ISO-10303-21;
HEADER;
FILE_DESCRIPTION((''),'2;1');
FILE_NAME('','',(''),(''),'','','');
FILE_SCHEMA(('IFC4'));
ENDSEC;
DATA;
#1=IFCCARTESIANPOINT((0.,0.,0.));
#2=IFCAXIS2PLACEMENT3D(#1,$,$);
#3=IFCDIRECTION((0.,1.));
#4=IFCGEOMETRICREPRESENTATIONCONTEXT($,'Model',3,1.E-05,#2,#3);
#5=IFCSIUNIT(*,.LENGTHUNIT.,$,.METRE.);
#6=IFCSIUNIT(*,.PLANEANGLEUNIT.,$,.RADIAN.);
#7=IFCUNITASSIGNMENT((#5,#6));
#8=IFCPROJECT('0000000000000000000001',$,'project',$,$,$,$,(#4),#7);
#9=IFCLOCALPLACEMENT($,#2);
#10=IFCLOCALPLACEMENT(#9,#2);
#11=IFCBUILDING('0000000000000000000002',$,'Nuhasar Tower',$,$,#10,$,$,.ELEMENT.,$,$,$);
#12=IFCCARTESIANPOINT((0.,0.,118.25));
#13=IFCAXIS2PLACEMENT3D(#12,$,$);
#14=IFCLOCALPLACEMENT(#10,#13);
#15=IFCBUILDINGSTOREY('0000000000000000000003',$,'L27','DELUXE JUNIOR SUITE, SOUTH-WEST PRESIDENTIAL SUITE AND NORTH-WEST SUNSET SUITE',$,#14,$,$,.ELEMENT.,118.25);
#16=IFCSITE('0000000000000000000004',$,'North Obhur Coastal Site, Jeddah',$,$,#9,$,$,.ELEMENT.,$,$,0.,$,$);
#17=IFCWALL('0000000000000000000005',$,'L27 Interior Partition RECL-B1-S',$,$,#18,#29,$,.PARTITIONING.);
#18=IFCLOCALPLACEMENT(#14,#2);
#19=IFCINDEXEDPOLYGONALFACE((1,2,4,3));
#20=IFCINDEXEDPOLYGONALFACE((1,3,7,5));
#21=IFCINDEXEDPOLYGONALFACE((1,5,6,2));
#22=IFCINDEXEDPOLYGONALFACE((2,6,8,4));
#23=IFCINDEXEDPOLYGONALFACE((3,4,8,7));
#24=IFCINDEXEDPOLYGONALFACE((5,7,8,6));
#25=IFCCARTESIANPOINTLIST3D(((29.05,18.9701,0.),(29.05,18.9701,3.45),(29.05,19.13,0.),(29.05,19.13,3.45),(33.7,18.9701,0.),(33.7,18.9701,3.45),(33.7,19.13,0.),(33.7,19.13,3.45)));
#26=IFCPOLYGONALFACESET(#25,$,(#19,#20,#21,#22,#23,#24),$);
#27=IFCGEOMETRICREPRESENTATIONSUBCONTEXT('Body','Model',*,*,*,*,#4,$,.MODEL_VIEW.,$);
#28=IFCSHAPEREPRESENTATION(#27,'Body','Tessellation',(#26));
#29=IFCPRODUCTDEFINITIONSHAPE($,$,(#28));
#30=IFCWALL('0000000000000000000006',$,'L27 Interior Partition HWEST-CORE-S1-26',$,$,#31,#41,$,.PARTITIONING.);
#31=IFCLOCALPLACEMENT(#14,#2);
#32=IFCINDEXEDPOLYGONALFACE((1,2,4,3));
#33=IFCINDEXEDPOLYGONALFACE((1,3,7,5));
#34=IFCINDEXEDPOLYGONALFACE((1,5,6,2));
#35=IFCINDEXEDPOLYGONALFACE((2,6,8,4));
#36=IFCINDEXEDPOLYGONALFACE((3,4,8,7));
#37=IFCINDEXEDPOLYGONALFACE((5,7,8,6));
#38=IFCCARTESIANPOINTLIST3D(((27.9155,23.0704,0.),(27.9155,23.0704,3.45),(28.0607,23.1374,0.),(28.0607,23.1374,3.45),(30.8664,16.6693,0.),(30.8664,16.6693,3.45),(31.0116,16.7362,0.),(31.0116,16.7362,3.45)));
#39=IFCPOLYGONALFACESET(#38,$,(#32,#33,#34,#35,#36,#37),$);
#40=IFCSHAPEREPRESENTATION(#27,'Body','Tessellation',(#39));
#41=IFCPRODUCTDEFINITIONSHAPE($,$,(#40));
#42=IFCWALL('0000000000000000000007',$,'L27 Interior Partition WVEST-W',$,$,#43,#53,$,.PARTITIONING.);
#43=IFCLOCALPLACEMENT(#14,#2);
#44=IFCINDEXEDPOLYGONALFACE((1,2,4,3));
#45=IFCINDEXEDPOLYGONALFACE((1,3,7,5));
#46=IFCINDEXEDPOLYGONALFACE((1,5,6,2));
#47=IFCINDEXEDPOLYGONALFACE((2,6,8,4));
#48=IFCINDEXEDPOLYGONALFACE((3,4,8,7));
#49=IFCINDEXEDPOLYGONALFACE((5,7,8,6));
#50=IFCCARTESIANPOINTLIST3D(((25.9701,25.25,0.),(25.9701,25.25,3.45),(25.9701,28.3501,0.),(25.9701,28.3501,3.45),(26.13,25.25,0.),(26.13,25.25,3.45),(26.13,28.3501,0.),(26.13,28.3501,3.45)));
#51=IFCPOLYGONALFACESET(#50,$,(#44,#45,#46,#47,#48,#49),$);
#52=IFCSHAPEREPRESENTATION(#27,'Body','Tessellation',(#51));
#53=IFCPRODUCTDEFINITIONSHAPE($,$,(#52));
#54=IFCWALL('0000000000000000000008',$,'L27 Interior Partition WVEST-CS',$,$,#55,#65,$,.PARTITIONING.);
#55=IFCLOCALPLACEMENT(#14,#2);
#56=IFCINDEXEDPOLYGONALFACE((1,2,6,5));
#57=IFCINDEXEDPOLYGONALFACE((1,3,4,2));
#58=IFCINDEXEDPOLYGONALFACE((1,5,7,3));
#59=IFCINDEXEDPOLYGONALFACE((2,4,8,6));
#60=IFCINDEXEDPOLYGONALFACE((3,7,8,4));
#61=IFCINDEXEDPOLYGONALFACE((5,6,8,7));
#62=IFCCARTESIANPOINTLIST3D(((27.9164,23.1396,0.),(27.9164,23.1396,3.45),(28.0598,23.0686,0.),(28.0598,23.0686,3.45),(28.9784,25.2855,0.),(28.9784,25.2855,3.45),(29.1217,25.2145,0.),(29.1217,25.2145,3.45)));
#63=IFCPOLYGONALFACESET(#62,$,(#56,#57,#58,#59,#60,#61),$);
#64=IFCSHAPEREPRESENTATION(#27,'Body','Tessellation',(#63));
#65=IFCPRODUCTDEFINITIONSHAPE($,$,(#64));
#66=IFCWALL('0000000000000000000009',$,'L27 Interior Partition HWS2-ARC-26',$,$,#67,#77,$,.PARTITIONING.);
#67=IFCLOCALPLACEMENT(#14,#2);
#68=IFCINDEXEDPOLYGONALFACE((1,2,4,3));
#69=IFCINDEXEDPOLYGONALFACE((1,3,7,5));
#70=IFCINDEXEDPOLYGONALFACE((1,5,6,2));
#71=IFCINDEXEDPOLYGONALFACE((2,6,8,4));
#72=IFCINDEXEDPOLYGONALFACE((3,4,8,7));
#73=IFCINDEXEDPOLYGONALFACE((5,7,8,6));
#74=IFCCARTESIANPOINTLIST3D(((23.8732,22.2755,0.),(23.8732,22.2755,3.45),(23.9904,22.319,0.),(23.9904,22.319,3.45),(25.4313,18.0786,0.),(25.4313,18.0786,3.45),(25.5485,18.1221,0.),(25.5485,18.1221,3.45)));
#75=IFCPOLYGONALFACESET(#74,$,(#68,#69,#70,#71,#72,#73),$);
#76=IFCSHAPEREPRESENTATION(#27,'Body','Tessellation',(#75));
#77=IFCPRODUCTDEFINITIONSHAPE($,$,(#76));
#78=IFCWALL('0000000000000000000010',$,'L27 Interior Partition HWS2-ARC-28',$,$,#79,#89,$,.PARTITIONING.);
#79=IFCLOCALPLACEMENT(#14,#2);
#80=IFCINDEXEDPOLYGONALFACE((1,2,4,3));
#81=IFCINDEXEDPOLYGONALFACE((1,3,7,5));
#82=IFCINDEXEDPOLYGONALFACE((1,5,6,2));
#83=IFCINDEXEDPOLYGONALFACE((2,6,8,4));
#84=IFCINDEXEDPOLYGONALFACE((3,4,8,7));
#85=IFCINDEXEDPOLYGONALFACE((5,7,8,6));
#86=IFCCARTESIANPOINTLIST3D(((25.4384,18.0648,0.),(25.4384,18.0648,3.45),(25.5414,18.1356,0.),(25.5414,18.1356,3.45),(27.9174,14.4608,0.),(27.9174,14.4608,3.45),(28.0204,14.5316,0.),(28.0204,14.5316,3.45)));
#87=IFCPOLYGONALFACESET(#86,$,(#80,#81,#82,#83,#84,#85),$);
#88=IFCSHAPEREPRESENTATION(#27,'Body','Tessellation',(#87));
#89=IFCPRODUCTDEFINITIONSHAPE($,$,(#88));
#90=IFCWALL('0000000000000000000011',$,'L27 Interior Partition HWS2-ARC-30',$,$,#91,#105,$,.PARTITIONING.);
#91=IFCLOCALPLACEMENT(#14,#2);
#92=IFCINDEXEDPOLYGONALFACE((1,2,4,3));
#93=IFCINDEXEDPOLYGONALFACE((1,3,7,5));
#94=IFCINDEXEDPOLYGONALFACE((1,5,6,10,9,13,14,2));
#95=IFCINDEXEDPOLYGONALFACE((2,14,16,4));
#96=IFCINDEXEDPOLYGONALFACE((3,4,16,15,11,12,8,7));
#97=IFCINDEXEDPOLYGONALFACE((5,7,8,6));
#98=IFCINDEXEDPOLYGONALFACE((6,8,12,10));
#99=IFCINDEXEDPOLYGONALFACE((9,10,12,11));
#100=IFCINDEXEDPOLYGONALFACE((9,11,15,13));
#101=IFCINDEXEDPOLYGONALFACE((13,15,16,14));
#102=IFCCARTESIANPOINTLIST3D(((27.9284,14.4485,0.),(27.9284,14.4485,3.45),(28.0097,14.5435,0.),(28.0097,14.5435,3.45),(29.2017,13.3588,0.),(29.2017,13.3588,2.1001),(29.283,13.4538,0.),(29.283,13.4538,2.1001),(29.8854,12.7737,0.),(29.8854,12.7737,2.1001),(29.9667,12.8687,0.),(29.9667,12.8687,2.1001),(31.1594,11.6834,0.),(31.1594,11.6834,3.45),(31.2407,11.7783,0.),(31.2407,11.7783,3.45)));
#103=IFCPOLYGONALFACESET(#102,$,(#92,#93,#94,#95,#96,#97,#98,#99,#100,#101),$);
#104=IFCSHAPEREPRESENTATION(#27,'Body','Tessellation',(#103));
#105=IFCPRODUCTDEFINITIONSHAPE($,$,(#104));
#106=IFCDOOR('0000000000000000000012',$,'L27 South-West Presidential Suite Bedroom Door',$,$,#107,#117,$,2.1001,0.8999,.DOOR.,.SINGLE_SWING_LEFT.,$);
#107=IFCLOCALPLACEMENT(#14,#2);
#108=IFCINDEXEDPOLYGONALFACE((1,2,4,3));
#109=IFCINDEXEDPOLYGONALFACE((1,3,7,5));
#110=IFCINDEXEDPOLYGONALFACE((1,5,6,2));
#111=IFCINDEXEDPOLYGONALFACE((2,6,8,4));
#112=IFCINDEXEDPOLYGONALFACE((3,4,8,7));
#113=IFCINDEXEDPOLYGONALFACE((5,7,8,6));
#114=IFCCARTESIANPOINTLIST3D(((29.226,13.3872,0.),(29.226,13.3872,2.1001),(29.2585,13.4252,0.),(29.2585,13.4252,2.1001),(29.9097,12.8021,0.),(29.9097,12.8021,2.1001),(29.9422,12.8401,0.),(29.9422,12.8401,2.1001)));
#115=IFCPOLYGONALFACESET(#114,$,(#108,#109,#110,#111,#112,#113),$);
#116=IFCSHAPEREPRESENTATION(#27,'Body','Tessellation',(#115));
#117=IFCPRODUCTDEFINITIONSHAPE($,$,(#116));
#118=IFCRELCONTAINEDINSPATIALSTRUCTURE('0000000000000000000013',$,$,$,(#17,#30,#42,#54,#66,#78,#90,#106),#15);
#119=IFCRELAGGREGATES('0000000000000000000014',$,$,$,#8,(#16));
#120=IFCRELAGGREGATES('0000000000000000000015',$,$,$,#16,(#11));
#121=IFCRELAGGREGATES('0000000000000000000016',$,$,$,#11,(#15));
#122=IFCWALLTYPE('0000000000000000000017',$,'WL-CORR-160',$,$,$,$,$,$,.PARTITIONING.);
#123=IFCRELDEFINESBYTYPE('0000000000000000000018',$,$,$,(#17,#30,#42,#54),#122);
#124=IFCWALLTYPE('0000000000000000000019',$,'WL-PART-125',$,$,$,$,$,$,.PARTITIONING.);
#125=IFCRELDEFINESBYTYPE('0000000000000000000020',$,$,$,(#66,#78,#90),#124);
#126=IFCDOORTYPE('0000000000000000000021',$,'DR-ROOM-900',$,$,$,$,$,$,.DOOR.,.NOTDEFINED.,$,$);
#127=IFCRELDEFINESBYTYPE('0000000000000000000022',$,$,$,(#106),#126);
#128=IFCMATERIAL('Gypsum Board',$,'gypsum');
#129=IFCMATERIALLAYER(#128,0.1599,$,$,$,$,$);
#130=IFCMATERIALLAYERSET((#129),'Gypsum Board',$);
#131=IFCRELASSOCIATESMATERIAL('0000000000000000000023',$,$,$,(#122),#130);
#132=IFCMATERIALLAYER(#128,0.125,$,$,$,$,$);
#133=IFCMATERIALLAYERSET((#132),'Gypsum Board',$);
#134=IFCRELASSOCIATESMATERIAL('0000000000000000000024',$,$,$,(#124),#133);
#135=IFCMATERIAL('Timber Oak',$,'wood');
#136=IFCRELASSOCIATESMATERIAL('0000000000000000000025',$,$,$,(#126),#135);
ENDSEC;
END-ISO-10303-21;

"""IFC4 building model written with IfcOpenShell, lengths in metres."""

from ifc_helpers import new_model, si_unit, direction, frame, frame_2d, origin, place, context, subcontext, project, spatial, rectangle, extrude, material, layer, layer_set, type_object, element, fill, save


model = new_model("IFC4")

# Units and contexts
model_context = context("Model", 3, precision=1e-05, world=origin(), true_north=direction((0.0, 1.0)))
body_context = subcontext(model_context, "Body", "Model", "MODEL_VIEW")
ifc_project = project(units=[si_unit("LENGTHUNIT", "METRE"), si_unit("PLANEANGLEUNIT", "RADIAN")], contexts=[model_context])

# Site, building, storey
site_placement = place(None, origin())
site = spatial("IfcSite", under=ifc_project, at=site_placement, Name="North Obhur Coastal Site, Jeddah", CompositionType="ELEMENT", RefElevation=0.0)
building_placement = place(site_placement, origin())
building = spatial("IfcBuilding", under=site, at=building_placement, Name="Nuhasar Tower", CompositionType="ELEMENT")
storey_placement = place(building_placement, frame((0.0, 0.0, 118.25)))
storey = spatial("IfcBuildingStorey", under=building, at=storey_placement, Name="L27", Description="DELUXE JUNIOR SUITE, SOUTH-WEST PRESIDENTIAL SUITE AND NORTH-WEST SUNSET SUITE", CompositionType="ELEMENT", Elevation=118.25)

# Walls
ifc_material_1 = material(Name="Gypsum Board", Category="gypsum")
ifc_layer_1 = layer(ifc_material_1, 0.1599)
ifc_layer_set_1 = layer_set([ifc_layer_1], Name="Gypsum Board")
wall_type_1 = type_object("IfcWallType", Name="WL-CORR-160", PredefinedType="PARTITIONING", material=ifc_layer_set_1)
wall_1_placement = place(storey_placement, frame((29.05, 19.05, 0.0), z_axis=(0.0, 0.0, 1.0), x_axis=(1.0, 0.0, 0.0)))
element("IfcWall", 1, at=wall_1_placement, inside=storey, type_object=wall_type_1, Name="L27 Interior Partition RECL-B1-S", PredefinedType="PARTITIONING", context=body_context, shape_type="SweptSolid", body=[
    extrude(rectangle(XDim=4.6499, YDim=0.1599, at=frame_2d((2.325, 0.0))), origin(), (0.0, 0.0, 1.0), 3.45),
])
wall_2_placement = place(storey_placement, frame((27.988, 23.104, 0.0), z_axis=(0.0, 0.0, 1.0), x_axis=(0.418656, -0.908145, 0.0)))
element("IfcWall", 2, at=wall_2_placement, inside=storey, type_object=wall_type_1, Name="L27 Interior Partition HWEST-CORE-S1-26", PredefinedType="PARTITIONING", context=body_context, shape_type="SweptSolid", body=[
    extrude(rectangle(XDim=7.0486, YDim=0.1599, at=frame_2d((3.5244, 0.0))), origin(), (0.0, 0.0, 1.0), 3.45),
])

# Shared definitions
ifc_material_2 = material(Name="Timber Oak", Category="wood")

# Walls
wall_3_placement = place(storey_placement, frame((26.05, 25.25, 0.0), z_axis=(0.0, 0.0, 1.0), x_axis=(0.0, 1.0, 0.0)))
element("IfcWall", 3, at=wall_3_placement, inside=storey, type_object=wall_type_1, Name="L27 Interior Partition WVEST-W", PredefinedType="PARTITIONING", context=body_context, shape_type="SweptSolid", body=[
    extrude(rectangle(XDim=3.1001, YDim=0.1599, at=frame_2d((1.55, 0.0))), origin(), (0.0, 0.0, 1.0), 3.45),
])
wall_4_placement = place(storey_placement, frame((27.988, 23.104, 0.0), z_axis=(0.0, 0.0, 1.0), x_axis=(0.443539, 0.896255, 0.0)))
element("IfcWall", 4, at=wall_4_placement, inside=storey, type_object=wall_type_1, Name="L27 Interior Partition WVEST-CS", PredefinedType="PARTITIONING", context=body_context, shape_type="SweptSolid", body=[
    extrude(rectangle(XDim=2.3943, YDim=0.1599, at=frame_2d((1.1973, 0.0))), origin(), (0.0, 0.0, 1.0), 3.45),
])
ifc_layer_2 = layer(ifc_material_1, 0.125)
ifc_layer_set_2 = layer_set([ifc_layer_2], Name="Gypsum Board")
wall_type_2 = type_object("IfcWallType", Name="WL-PART-125", PredefinedType="PARTITIONING", material=ifc_layer_set_2)
wall_5_placement = place(storey_placement, frame((23.9319, 22.2971, 0.0), z_axis=(0.0, 0.0, 1.0), x_axis=(0.348032, -0.937483, 0.0)))
element("IfcWall", 5, at=wall_5_placement, inside=storey, type_object=wall_type_2, Name="L27 Interior Partition HWS2-ARC-26", PredefinedType="PARTITIONING", context=body_context, shape_type="SweptSolid", body=[
    extrude(rectangle(XDim=4.4768, YDim=0.125, at=frame_2d((2.2383, 0.0))), origin(), (0.0, 0.0, 1.0), 3.45),
])
wall_6_placement = place(storey_placement, frame((25.49, 18.1001, 0.0), z_axis=(0.0, 0.0, 1.0), x_axis=(0.566723, -0.823908, 0.0)))
element("IfcWall", 6, at=wall_6_placement, inside=storey, type_object=wall_type_2, Name="L27 Interior Partition HWS2-ARC-28", PredefinedType="PARTITIONING", context=body_context, shape_type="SweptSolid", body=[
    extrude(rectangle(XDim=4.3743, YDim=0.125, at=frame_2d((2.187, 0.0))), origin(), (0.0, 0.0, 1.0), 3.45),
])

# Wall, opening, door
wall_7_placement = place(storey_placement, frame((27.969, 14.4961, 0.0), z_axis=(0.0, 0.0, 1.0), x_axis=(0.759751, -0.650214, 0.0)))
wall_7 = element("IfcWall", 7, at=wall_7_placement, inside=storey, type_object=wall_type_2, Name="L27 Interior Partition HWS2-ARC-30", PredefinedType="PARTITIONING", context=body_context, shape_type="SweptSolid", body=[
    extrude(rectangle(XDim=4.2527, YDim=0.125, at=frame_2d((2.1265, 0.0))), origin(), (0.0, 0.0, 1.0), 3.45),
])
opening_1_placement = place(wall_7_placement, frame((1.676, 0.0, 0.0)))
opening_1 = element("IfcOpeningElement", 8, at=opening_1_placement, cuts=wall_7, PredefinedType="OPENING", context=body_context, shape_type="SweptSolid", body=[
    extrude(rectangle(XDim=0.8999, YDim=2.1001, at=frame_2d((0.45, 1.05))), frame((0.0, 0.0725, 0.0), z_axis=(0.0, -1.0, 0.0), x_axis=(1.0, 0.0, 0.0)), (0.0, 0.0, 1.0), 0.145),
])
door_type_1 = type_object("IfcDoorType", Name="DR-ROOM-900", OperationType="NOTDEFINED", PredefinedType="DOOR", material=ifc_material_2)
door_1_placement = place(opening_1_placement, origin())
door_1 = element("IfcDoor", 9, at=door_1_placement, inside=storey, type_object=door_type_1, Name="L27 South-West Presidential Suite Bedroom Door", OperationType="SINGLE_SWING_LEFT", OverallHeight=2.1001, OverallWidth=0.8999, PredefinedType="DOOR", context=body_context, shape_type="SweptSolid", body=[
    extrude(rectangle(XDim=0.8999, YDim=2.1001, at=frame_2d((0.45, 1.05))), frame((0.0, 0.0249, 0.0), z_axis=(0.0, -1.0, 0.0), x_axis=(1.0, 0.0, 0.0)), (0.0, 0.0, 1.0), 0.05),
])
fill(opening_1, door_1)

save(model, "model.ifc")
